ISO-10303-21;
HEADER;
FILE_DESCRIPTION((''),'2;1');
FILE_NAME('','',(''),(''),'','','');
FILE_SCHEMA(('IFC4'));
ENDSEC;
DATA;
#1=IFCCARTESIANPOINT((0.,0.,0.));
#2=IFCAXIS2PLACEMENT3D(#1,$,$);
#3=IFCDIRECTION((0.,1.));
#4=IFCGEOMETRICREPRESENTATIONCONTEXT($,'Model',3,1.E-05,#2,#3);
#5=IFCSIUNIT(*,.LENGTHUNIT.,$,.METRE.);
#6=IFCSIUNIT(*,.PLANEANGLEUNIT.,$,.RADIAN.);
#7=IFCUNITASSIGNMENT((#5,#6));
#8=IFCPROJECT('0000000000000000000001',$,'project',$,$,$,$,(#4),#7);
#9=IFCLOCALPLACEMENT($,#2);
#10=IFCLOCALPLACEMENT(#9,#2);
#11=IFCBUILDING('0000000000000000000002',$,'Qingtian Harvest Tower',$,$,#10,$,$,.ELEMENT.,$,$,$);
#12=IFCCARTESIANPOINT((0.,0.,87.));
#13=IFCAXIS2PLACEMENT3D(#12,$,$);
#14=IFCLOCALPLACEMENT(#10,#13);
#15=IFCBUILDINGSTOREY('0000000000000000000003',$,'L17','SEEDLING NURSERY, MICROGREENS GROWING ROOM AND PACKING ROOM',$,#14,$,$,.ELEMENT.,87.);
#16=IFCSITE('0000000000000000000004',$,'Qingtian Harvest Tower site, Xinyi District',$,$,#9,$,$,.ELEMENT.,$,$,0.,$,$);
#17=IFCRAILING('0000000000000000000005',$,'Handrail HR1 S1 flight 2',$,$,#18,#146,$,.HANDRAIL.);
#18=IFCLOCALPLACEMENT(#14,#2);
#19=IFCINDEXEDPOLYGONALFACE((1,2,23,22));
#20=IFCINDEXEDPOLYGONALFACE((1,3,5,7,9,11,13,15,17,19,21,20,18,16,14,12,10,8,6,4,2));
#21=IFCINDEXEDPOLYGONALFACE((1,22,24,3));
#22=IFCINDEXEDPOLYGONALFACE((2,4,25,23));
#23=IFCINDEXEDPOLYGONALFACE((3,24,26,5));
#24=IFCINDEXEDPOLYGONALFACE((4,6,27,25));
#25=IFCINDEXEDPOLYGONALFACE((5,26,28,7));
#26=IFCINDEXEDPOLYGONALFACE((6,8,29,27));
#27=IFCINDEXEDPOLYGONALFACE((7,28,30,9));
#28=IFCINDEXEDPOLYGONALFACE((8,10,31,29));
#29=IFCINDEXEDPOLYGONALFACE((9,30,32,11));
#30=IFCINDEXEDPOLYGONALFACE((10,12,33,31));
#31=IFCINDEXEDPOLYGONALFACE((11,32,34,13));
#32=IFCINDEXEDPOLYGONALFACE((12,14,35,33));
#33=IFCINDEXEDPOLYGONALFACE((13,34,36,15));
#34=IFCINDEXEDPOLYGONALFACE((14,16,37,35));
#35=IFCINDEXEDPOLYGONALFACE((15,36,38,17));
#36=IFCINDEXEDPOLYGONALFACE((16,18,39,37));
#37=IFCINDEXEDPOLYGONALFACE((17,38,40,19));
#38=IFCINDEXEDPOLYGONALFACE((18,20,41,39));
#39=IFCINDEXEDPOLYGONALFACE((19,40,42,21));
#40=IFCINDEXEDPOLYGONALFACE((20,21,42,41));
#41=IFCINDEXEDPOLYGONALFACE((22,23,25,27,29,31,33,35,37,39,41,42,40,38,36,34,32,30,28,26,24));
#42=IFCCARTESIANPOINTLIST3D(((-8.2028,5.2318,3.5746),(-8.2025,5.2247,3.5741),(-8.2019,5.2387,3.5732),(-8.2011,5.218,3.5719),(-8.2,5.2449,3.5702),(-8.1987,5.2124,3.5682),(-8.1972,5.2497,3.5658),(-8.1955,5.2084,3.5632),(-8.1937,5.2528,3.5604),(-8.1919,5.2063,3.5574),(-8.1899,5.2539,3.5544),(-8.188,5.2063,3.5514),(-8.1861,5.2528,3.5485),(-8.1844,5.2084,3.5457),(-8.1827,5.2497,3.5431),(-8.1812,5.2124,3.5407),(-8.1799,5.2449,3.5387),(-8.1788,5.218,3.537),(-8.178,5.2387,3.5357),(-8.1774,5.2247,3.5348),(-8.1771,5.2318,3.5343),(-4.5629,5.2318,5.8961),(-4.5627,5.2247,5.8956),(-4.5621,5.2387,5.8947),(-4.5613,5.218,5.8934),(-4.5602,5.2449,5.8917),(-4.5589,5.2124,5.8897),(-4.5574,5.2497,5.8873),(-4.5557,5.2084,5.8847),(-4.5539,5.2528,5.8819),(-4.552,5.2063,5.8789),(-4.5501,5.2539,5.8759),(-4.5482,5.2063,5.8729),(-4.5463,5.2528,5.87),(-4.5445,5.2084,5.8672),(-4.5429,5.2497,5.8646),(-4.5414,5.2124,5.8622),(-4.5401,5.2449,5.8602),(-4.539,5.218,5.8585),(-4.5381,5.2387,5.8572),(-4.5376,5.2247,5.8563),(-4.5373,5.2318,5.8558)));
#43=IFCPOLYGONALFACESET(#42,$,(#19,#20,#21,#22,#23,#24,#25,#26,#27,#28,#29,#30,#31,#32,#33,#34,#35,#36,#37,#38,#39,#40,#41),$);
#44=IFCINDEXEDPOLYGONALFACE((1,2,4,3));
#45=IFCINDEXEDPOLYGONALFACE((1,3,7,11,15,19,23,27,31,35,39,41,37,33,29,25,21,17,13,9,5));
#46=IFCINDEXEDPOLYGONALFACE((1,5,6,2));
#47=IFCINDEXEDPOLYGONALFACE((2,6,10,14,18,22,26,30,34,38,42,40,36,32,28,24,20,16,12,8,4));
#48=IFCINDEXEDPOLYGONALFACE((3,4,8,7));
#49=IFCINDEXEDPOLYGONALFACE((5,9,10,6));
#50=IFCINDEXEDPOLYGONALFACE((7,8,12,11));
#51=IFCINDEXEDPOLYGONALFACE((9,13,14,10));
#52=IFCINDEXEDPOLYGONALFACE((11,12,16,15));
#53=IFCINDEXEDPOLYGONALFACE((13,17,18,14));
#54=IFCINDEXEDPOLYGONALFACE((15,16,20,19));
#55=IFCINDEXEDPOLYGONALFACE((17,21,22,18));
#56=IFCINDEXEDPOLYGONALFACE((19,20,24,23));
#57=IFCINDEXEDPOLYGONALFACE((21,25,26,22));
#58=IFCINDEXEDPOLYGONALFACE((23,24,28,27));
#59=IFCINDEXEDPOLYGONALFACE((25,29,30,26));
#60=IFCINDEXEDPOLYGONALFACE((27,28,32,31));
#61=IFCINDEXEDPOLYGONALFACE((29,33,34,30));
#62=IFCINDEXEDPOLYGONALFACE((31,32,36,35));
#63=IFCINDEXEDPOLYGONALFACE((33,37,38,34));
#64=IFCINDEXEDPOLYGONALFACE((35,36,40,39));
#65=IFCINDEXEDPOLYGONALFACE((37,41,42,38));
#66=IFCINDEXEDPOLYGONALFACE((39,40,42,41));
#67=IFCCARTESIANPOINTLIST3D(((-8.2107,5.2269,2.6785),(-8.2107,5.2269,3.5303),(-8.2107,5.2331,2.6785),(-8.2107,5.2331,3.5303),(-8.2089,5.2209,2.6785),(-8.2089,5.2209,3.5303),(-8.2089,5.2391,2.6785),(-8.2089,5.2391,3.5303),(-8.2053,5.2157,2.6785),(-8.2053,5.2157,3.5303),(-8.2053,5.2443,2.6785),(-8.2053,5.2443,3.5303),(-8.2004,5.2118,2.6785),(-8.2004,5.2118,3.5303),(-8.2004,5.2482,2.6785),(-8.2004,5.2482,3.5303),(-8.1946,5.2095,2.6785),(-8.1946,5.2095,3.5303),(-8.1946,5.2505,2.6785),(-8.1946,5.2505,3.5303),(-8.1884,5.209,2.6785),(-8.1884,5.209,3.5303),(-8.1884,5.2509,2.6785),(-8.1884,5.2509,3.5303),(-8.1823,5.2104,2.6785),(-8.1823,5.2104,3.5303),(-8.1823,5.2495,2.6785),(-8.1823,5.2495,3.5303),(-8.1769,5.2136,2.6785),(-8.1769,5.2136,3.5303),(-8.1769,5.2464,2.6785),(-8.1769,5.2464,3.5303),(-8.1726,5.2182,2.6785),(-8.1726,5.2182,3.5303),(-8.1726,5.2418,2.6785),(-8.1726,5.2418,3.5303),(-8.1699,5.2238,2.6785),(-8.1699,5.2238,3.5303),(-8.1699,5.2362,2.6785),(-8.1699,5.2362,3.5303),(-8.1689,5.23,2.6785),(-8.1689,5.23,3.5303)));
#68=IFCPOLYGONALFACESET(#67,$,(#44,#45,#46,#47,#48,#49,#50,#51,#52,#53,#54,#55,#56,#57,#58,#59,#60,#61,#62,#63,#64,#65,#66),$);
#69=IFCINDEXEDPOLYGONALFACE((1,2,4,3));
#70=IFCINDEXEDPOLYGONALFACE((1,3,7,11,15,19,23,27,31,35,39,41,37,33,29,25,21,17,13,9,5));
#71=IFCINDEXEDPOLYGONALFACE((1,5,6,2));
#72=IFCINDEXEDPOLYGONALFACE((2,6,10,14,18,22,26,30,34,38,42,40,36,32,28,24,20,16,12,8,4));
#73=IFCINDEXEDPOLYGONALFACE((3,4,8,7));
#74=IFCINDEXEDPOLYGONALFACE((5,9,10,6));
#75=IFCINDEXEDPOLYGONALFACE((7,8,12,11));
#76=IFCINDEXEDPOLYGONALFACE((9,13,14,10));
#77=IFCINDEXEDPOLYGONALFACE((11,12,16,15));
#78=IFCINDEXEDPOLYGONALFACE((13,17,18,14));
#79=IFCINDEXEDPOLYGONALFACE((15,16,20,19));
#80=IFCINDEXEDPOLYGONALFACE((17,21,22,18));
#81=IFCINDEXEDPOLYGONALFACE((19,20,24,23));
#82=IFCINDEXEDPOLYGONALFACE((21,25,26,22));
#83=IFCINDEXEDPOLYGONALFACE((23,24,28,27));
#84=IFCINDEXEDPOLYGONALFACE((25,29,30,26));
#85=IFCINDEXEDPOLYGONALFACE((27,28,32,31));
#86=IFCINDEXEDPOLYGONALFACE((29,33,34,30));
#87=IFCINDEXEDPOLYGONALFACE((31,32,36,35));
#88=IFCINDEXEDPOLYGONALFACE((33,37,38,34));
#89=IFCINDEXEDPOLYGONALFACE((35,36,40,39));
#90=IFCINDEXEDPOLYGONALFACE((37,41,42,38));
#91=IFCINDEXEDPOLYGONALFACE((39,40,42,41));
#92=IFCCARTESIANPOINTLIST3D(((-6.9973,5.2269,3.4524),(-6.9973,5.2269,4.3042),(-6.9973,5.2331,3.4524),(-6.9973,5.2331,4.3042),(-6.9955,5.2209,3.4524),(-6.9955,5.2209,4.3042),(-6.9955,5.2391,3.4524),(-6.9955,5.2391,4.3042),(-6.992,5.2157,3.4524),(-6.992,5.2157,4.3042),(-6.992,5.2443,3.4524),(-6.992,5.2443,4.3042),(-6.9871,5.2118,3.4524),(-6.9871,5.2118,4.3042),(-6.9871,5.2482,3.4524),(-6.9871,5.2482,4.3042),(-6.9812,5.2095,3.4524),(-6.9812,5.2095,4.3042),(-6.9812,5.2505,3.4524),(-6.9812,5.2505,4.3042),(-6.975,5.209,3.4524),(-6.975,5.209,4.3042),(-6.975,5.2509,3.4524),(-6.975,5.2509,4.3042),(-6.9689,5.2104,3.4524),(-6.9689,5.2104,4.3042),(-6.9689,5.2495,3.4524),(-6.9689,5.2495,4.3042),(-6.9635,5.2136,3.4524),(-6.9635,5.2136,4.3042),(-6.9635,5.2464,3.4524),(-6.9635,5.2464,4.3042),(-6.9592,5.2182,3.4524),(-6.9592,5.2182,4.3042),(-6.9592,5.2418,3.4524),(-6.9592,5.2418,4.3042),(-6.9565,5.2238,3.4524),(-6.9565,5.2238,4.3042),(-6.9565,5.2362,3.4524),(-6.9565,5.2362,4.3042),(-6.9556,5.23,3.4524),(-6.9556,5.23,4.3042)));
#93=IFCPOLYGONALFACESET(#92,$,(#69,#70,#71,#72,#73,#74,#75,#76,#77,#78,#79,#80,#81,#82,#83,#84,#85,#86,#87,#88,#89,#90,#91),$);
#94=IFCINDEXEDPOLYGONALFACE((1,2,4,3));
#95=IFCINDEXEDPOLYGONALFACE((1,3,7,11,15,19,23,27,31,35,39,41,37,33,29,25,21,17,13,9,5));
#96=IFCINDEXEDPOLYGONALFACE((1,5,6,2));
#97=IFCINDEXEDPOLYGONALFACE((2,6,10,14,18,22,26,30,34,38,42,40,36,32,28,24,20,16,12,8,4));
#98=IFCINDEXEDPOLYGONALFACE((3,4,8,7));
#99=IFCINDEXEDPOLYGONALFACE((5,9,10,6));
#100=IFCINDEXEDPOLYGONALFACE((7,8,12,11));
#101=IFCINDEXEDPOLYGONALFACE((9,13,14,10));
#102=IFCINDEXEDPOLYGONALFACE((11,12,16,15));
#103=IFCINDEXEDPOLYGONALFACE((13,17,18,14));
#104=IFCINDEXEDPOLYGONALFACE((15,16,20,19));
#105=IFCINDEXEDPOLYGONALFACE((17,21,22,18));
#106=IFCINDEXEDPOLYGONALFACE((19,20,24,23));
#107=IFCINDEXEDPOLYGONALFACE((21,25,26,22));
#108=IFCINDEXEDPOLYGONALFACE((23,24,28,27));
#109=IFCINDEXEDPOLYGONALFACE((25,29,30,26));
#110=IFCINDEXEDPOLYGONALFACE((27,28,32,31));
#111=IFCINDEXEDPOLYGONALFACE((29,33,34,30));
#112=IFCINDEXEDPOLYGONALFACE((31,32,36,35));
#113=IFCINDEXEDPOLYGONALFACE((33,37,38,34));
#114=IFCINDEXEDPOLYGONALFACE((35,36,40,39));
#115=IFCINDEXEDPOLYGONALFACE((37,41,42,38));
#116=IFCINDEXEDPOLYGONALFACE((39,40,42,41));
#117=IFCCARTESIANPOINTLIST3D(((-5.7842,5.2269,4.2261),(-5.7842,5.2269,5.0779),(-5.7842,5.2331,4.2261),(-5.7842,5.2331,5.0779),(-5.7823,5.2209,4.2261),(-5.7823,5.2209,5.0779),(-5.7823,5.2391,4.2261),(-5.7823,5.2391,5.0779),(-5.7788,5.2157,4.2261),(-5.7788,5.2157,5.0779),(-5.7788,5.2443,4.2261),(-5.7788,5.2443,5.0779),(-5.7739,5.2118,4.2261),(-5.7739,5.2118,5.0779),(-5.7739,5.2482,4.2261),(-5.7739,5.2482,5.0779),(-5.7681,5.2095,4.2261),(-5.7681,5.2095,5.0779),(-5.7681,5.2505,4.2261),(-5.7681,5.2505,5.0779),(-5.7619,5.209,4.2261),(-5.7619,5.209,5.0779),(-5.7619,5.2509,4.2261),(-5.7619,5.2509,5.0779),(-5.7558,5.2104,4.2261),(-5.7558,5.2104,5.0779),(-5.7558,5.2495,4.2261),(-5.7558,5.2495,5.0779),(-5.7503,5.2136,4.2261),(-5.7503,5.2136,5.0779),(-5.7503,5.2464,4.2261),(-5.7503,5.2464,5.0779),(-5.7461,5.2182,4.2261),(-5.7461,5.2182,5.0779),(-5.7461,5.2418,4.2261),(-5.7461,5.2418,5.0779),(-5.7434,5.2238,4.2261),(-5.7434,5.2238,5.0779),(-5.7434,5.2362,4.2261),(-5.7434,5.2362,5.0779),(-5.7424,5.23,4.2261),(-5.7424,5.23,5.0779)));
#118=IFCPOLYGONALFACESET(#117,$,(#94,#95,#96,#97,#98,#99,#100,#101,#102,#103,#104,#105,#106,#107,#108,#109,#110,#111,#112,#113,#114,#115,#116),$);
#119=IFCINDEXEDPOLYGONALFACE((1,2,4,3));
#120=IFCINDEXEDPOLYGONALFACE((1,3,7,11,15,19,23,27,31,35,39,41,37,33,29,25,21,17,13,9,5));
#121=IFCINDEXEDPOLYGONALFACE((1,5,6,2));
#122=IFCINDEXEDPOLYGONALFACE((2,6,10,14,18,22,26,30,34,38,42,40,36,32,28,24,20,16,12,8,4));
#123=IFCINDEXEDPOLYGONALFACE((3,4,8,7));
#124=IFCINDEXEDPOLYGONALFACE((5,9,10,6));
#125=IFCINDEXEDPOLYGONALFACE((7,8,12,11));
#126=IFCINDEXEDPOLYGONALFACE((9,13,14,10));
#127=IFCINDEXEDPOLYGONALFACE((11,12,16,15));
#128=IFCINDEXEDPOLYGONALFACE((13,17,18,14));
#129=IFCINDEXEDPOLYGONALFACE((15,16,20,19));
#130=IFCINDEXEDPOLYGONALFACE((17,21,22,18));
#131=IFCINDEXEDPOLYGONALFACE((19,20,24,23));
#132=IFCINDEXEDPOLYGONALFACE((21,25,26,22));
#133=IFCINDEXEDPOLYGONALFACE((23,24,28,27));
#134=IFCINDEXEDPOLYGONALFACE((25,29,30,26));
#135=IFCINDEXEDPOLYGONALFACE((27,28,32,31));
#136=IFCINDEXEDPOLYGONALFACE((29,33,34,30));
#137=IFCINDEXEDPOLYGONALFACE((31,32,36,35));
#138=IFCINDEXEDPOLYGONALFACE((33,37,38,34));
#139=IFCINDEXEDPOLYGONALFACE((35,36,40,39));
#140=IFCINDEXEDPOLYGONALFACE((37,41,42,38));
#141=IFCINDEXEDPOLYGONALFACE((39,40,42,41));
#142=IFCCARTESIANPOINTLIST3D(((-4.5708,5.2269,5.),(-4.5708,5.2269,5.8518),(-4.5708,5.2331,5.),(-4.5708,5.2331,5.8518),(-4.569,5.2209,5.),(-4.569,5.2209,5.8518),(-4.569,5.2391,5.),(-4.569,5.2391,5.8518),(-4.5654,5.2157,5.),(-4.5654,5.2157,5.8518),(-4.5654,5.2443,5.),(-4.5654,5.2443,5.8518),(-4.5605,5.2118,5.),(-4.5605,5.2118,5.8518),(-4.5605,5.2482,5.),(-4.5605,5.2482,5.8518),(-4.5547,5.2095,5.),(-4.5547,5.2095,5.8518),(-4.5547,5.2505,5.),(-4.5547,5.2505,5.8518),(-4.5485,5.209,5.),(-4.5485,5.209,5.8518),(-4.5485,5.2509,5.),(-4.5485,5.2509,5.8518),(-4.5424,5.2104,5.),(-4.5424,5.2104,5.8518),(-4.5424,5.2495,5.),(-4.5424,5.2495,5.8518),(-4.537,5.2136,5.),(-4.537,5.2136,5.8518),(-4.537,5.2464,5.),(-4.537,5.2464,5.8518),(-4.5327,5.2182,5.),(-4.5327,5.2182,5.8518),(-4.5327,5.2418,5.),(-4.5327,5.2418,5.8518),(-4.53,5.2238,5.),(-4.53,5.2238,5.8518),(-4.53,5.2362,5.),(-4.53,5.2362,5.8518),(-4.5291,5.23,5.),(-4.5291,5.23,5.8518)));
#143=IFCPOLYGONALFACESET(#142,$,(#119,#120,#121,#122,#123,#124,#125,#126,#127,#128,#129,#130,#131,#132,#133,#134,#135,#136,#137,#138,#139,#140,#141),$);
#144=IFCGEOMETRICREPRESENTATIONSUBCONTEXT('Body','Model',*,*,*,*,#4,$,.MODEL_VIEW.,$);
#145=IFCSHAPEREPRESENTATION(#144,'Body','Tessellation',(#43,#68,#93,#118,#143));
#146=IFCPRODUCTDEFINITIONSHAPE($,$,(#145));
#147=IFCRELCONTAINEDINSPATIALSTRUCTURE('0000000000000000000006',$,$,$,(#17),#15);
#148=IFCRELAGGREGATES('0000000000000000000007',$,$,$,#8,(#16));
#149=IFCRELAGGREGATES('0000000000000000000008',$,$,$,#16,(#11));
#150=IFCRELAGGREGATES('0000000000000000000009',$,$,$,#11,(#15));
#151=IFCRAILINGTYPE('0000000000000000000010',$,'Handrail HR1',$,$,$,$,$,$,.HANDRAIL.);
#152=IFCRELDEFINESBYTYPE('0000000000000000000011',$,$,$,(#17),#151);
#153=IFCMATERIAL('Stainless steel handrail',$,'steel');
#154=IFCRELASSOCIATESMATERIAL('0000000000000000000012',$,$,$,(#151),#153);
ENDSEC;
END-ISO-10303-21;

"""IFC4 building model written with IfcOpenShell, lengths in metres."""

from ifc_helpers import new_model, si_unit, direction, frame, origin, origin_2d, place, context, subcontext, project, spatial, circle, extrude, material, type_object, element, save


model = new_model("IFC4")

# Units and contexts
model_context = context("Model", 3, precision=1e-05, world=origin(), true_north=direction((0.0, 1.0)))
body_context = subcontext(model_context, "Body", "Model", "MODEL_VIEW")
ifc_project = project(units=[si_unit("LENGTHUNIT", "METRE"), si_unit("PLANEANGLEUNIT", "RADIAN")], contexts=[model_context])

# Site, building, storey
site_placement = place(None, origin())
site = spatial("IfcSite", under=ifc_project, at=site_placement, Name="Qingtian Harvest Tower site, Xinyi District", CompositionType="ELEMENT", RefElevation=0.0)
building_placement = place(site_placement, origin())
building = spatial("IfcBuilding", under=site, at=building_placement, Name="Qingtian Harvest Tower", CompositionType="ELEMENT")
storey_placement = place(building_placement, frame((0.0, 0.0, 87.0)))
storey = spatial("IfcBuildingStorey", under=building, at=storey_placement, Name="L17", Description="SEEDLING NURSERY, MICROGREENS GROWING ROOM AND PACKING ROOM", CompositionType="ELEMENT", Elevation=87.0)

# Railing
ifc_material_1 = material(Name="Stainless steel handrail", Category="steel")
railing_type = type_object("IfcRailingType", Name="Handrail HR1", PredefinedType="HANDRAIL", material=ifc_material_1)
railing_1_placement = place(storey_placement, frame((-8.1899, 5.23, 2.6785)))
element("IfcRailing", 1, at=railing_1_placement, inside=storey, type_object=railing_type, Name="Handrail HR1 S1 flight 2", PredefinedType="HANDRAIL", context=body_context, shape_type="SweptSolid", body=[
    extrude(circle(Radius=0.0239, at=origin_2d()), frame((0.0, 0.0, 0.876), z_axis=(0.843112, 0.0, 0.537739), x_axis=(0.0, 1.0, 0.0)), (0.0, 0.0, 1.0), 4.3171),
    extrude(circle(Radius=0.021, at=origin_2d()), origin(), (0.0, 0.0, 1.0), 0.8518),
    extrude(circle(Radius=0.021, at=origin_2d()), frame((1.2134, 0.0, 0.7739)), (0.0, 0.0, 1.0), 0.8518),
    extrude(circle(Radius=0.021, at=origin_2d()), frame((2.4265, 0.0, 1.5476)), (0.0, 0.0, 1.0), 0.8518),
    extrude(circle(Radius=0.021, at=origin_2d()), frame((3.6399, 0.0, 2.3215)), (0.0, 0.0, 1.0), 0.8518),
])

save(model, "model.ifc")
